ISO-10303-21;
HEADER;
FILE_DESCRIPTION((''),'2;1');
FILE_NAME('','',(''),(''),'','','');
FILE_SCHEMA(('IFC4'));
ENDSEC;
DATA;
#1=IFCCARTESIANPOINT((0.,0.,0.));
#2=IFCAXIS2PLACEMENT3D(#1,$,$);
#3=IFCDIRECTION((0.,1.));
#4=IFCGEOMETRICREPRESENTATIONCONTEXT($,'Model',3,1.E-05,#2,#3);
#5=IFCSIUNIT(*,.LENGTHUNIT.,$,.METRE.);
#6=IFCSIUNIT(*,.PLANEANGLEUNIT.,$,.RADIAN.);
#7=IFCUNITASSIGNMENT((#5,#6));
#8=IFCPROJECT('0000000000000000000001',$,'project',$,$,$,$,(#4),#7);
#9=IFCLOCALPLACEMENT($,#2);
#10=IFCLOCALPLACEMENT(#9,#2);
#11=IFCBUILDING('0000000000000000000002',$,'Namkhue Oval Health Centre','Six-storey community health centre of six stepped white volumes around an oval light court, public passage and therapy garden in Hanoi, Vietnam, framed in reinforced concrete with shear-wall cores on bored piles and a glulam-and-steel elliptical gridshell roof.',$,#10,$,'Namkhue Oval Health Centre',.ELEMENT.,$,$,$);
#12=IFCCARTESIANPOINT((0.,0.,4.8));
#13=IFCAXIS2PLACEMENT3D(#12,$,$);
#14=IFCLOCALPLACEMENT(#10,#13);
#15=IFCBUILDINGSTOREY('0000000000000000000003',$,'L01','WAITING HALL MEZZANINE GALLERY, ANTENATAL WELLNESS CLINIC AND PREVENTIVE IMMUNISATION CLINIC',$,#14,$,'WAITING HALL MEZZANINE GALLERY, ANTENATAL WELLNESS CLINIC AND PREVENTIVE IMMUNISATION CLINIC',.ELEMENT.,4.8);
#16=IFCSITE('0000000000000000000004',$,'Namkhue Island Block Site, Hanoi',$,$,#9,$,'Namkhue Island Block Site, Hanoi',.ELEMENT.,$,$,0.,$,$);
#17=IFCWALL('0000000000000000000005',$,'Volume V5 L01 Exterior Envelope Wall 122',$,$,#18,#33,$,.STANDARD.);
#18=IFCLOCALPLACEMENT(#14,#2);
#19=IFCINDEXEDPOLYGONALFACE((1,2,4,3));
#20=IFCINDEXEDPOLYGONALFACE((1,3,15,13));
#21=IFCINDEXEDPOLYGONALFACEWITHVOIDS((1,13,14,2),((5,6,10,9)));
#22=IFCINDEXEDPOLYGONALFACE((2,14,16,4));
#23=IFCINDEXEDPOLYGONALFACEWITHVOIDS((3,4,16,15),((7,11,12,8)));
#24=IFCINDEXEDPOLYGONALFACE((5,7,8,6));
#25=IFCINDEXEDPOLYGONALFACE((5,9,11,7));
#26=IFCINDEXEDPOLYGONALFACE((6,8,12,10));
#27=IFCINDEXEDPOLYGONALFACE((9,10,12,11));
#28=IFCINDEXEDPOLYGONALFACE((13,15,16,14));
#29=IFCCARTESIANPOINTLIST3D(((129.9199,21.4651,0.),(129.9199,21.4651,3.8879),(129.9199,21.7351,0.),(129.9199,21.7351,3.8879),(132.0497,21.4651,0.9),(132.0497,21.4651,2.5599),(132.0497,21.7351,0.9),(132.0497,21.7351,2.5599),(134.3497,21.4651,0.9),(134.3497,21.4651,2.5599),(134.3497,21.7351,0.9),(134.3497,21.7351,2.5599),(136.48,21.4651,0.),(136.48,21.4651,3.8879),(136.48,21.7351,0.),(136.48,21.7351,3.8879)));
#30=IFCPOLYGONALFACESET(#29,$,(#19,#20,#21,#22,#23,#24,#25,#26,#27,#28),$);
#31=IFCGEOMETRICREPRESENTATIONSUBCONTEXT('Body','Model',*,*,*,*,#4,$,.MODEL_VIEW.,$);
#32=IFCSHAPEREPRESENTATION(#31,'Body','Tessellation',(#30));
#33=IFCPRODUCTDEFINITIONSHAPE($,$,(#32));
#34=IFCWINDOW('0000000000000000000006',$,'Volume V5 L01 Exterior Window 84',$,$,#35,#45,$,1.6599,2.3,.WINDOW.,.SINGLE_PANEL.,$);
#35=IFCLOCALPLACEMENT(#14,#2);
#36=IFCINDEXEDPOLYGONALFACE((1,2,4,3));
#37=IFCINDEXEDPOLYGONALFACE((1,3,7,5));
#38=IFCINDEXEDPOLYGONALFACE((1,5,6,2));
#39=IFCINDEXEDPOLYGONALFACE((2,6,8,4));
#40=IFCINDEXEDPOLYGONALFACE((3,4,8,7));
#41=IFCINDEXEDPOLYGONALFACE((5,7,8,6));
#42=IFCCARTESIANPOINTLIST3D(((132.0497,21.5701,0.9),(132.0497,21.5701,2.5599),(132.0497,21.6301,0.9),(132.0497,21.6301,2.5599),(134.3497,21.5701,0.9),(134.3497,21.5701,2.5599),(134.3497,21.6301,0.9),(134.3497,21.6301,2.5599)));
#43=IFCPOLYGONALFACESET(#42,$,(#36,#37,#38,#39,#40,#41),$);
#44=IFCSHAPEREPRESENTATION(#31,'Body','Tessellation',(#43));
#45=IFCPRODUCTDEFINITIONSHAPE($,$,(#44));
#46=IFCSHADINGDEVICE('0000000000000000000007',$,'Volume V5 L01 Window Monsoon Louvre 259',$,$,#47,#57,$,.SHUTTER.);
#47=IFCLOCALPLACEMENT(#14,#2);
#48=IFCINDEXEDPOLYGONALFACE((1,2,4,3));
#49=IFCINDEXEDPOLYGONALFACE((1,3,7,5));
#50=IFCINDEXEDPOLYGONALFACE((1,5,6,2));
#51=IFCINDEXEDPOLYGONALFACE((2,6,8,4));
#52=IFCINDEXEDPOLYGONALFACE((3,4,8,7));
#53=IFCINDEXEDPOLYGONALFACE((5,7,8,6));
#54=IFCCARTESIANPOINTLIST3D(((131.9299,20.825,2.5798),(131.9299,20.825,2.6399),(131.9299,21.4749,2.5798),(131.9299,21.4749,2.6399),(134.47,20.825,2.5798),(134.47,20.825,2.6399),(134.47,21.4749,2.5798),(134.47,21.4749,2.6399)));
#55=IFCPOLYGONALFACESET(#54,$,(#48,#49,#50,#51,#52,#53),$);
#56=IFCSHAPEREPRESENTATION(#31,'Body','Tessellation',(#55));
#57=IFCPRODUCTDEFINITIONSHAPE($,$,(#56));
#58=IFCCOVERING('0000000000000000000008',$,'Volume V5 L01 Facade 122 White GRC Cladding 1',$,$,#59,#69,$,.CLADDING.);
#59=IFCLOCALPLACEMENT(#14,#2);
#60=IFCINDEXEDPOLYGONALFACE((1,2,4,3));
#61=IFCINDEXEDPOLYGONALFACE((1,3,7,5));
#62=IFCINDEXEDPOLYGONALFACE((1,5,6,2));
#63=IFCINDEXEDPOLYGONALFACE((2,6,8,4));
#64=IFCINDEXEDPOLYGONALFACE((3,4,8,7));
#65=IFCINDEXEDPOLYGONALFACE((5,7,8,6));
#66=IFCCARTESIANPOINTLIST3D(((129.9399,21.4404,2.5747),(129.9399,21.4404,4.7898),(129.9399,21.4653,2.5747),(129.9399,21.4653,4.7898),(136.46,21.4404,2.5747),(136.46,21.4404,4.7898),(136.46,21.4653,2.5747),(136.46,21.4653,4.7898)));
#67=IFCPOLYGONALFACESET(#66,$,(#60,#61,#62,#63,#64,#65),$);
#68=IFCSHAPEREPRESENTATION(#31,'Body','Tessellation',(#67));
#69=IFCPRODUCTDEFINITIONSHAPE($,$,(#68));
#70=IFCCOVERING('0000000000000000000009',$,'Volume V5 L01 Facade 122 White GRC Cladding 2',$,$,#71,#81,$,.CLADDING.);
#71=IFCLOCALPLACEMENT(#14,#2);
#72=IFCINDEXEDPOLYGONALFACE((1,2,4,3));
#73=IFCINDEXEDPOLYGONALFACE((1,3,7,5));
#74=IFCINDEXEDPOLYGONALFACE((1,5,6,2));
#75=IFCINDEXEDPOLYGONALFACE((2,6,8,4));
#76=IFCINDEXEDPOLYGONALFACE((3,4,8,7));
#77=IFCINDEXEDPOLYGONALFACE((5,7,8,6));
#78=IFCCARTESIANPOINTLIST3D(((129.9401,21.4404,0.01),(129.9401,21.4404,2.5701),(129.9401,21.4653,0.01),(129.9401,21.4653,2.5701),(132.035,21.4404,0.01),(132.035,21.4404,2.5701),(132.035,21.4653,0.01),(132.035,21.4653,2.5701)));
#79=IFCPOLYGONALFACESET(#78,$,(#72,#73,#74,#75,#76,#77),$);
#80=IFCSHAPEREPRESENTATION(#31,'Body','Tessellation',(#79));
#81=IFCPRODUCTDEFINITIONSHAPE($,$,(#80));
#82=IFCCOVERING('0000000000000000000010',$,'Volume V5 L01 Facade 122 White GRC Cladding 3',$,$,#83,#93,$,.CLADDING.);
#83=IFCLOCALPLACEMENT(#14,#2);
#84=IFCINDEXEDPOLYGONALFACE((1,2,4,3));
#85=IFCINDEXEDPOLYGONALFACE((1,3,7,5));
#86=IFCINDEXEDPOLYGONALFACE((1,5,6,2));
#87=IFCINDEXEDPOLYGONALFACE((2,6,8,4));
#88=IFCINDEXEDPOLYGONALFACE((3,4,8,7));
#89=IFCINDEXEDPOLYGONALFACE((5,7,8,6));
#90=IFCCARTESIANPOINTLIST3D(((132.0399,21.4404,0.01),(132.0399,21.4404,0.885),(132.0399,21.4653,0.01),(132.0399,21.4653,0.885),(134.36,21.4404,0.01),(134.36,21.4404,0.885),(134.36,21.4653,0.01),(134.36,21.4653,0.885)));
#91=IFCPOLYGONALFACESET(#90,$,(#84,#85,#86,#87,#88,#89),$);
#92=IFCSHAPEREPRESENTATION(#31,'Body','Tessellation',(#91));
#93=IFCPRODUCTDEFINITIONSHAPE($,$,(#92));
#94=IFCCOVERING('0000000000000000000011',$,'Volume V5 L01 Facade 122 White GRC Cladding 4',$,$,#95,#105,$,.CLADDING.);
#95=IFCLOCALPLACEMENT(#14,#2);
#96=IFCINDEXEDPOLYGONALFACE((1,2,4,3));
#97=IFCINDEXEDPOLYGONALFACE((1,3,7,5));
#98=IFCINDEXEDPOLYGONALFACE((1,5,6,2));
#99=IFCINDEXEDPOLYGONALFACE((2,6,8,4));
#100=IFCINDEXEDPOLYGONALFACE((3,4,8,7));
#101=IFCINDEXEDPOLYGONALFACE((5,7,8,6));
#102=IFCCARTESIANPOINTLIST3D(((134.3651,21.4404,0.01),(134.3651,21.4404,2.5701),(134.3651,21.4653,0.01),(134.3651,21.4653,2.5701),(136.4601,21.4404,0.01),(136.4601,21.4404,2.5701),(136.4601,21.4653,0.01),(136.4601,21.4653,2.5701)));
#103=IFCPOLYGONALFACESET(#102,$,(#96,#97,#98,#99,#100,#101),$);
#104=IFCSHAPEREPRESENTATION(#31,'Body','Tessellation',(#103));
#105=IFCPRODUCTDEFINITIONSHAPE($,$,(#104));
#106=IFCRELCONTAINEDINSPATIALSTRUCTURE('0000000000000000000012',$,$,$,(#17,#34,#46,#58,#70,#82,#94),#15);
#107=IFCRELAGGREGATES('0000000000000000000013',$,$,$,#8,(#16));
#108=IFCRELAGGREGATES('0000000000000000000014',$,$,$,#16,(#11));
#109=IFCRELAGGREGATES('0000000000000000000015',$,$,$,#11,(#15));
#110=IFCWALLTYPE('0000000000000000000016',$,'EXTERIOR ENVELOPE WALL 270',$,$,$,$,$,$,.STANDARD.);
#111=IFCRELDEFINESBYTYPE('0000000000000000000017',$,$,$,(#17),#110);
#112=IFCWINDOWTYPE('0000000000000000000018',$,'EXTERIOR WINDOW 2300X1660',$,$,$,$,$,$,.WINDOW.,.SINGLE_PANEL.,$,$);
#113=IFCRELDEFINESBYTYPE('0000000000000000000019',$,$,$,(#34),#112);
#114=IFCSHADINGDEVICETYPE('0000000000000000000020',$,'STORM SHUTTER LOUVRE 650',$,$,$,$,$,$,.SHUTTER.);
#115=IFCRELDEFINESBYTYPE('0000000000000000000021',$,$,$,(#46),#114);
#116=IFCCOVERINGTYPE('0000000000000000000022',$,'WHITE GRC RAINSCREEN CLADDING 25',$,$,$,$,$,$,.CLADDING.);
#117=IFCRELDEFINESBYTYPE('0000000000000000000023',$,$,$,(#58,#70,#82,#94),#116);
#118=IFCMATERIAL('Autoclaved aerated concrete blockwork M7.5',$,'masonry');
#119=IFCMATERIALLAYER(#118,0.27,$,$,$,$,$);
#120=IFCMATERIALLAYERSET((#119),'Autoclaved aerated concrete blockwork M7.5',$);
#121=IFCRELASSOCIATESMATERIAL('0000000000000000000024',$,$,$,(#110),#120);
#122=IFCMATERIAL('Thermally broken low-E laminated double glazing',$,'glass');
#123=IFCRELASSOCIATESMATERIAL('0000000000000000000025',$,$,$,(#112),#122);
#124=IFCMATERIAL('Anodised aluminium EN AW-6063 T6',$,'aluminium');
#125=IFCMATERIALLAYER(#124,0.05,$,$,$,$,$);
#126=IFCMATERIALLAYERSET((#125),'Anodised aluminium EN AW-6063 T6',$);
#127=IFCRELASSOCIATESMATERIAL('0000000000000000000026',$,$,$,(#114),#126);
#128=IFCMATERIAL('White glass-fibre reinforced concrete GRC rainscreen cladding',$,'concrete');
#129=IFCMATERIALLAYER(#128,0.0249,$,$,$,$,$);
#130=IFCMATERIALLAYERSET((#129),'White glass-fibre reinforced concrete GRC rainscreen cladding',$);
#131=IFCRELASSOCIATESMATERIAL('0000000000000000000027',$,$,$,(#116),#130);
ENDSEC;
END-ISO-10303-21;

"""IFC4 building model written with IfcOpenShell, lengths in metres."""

from ifc_helpers import new_model, si_unit, direction, frame, frame_2d, origin, origin_2d, place, context, subcontext, project, spatial, rectangle, extrude, material, layer, layer_set, type_object, element, fill, save


model = new_model("IFC4")

# Units and contexts
model_context = context("Model", 3, precision=1e-05, world=origin(), true_north=direction((0.0, 1.0)))
body_context = subcontext(model_context, "Body", "Model", "MODEL_VIEW")
ifc_project = project(units=[si_unit("LENGTHUNIT", "METRE"), si_unit("PLANEANGLEUNIT", "RADIAN")], contexts=[model_context])

# Site, building, storey
site_placement = place(None, origin())
site = spatial("IfcSite", under=ifc_project, at=site_placement, Name="Namkhue Island Block Site, Hanoi", LongName="Namkhue Island Block Site, Hanoi", CompositionType="ELEMENT", RefElevation=0.0)
building_placement = place(site_placement, origin())
building = spatial("IfcBuilding", under=site, at=building_placement, Name="Namkhue Oval Health Centre", Description="Six-storey community health centre of six stepped white volumes around an oval light court, public passage and therapy garden in Hanoi, Vietnam, framed in reinforced concrete with shear-wall cores on bored piles and a glulam-and-steel elliptical gridshell roof.", LongName="Namkhue Oval Health Centre", CompositionType="ELEMENT")
storey_placement = place(building_placement, frame((0.0, 0.0, 4.8)))
storey = spatial("IfcBuildingStorey", under=building, at=storey_placement, Name="L01", Description="WAITING HALL MEZZANINE GALLERY, ANTENATAL WELLNESS CLINIC AND PREVENTIVE IMMUNISATION CLINIC", LongName="WAITING HALL MEZZANINE GALLERY, ANTENATAL WELLNESS CLINIC AND PREVENTIVE IMMUNISATION CLINIC", CompositionType="ELEMENT", Elevation=4.8)

# Shared definitions
ifc_material_1 = material(Name="Anodised aluminium EN AW-6063 T6", Category="aluminium")

# Shared definitions
ifc_material_2 = material(Name="Thermally broken low-E laminated double glazing", Category="glass")

# Wall, opening, window
ifc_material_3 = material(Name="Autoclaved aerated concrete blockwork M7.5", Category="masonry")
ifc_layer_1 = layer(ifc_material_3, 0.27)
ifc_layer_set_1 = layer_set([ifc_layer_1], Name="Autoclaved aerated concrete blockwork M7.5")
wall_type = type_object("IfcWallType", Name="EXTERIOR ENVELOPE WALL 270", PredefinedType="STANDARD", material=ifc_layer_set_1)
wall_placement = place(storey_placement, frame((129.9199, 21.6001, 0.0), z_axis=(0.0, 0.0, 1.0), x_axis=(1.0, 0.0, 0.0)))
wall = element("IfcWall", 1, at=wall_placement, inside=storey, type_object=wall_type, Name="Volume V5 L01 Exterior Envelope Wall 122", PredefinedType="STANDARD", context=body_context, shape_type="SweptSolid", body=[
    extrude(rectangle(XDim=6.5601, YDim=0.27, at=frame_2d((3.28, 0.0))), origin(), (0.0, 0.0, 1.0), 3.8879),
])
opening_placement = place(wall_placement, frame((2.1299, 0.0, 0.8999)))
opening = element("IfcOpeningElement", 2, at=opening_placement, cuts=wall, PredefinedType="OPENING", context=body_context, shape_type="SweptSolid", body=[
    extrude(rectangle(XDim=2.3, YDim=1.6599, at=frame_2d((1.1499, 0.8301))), frame((0.0, 0.145, 0.0), z_axis=(0.0, -1.0, 0.0), x_axis=(1.0, 0.0, 0.0)), (0.0, 0.0, 1.0), 0.29),
])
window_type = type_object("IfcWindowType", Name="EXTERIOR WINDOW 2300X1660", PartitioningType="SINGLE_PANEL", PredefinedType="WINDOW", material=ifc_material_2)
window_placement = place(opening_placement, origin())
window = element("IfcWindow", 3, at=window_placement, inside=storey, type_object=window_type, Name="Volume V5 L01 Exterior Window 84", OverallHeight=1.6599, OverallWidth=2.3, PartitioningType="SINGLE_PANEL", PredefinedType="WINDOW", context=body_context, shape_type="SweptSolid", body=[
    extrude(rectangle(XDim=2.3, YDim=1.6599, at=frame_2d((1.1499, 0.8301))), frame((0.0, 0.03, 0.0), z_axis=(0.0, -1.0, 0.0), x_axis=(1.0, 0.0, 0.0)), (0.0, 0.0, 1.0), 0.0601),
])
fill(opening, window)

# Shading device
ifc_layer_2 = layer(ifc_material_1, 0.05)
ifc_layer_set_2 = layer_set([ifc_layer_2], Name="Anodised aluminium EN AW-6063 T6")
shading_device_type = type_object("IfcShadingDeviceType", Name="STORM SHUTTER LOUVRE 650", PredefinedType="SHUTTER", material=ifc_layer_set_2)
shading_device_placement = place(storey_placement, frame((133.2, 21.1499, 2.5798), z_axis=(0.0, 0.0, 1.0), x_axis=(1.0, 0.0, 0.0)))
element("IfcShadingDevice", 4, at=shading_device_placement, inside=storey, type_object=shading_device_type, Name="Volume V5 L01 Window Monsoon Louvre 259", PredefinedType="SHUTTER", context=body_context, shape_type="SweptSolid", body=[
    extrude(rectangle(XDim=2.54, YDim=0.6499, at=origin_2d()), origin(), (0.0, 0.0, 1.0), 0.0601),
])

# Coverings
ifc_material_4 = material(Name="White glass-fibre reinforced concrete GRC rainscreen cladding", Category="concrete")
ifc_layer_3 = layer(ifc_material_4, 0.0249)
ifc_layer_set_3 = layer_set([ifc_layer_3], Name="White glass-fibre reinforced concrete GRC rainscreen cladding")
covering_type = type_object("IfcCoveringType", Name="WHITE GRC RAINSCREEN CLADDING 25", PredefinedType="CLADDING", material=ifc_layer_set_3)
covering_1_placement = place(storey_placement, frame((133.2, 21.4529, 2.5747), z_axis=(0.0, 0.0, 1.0), x_axis=(1.0, 0.0, 0.0)))
element("IfcCovering", 5, at=covering_1_placement, inside=storey, type_object=covering_type, Name="Volume V5 L01 Facade 122 White GRC Cladding 1", PredefinedType="CLADDING", context=body_context, shape_type="SweptSolid", body=[
    extrude(rectangle(XDim=6.52, YDim=0.0249, at=origin_2d()), origin(), (0.0, 0.0, 1.0), 2.2151),
])
covering_2_placement = place(storey_placement, frame((130.9875, 21.4529, 0.01), z_axis=(0.0, 0.0, 1.0), x_axis=(1.0, 0.0, 0.0)))
element("IfcCovering", 6, at=covering_2_placement, inside=storey, type_object=covering_type, Name="Volume V5 L01 Facade 122 White GRC Cladding 2", PredefinedType="CLADDING", context=body_context, shape_type="SweptSolid", body=[
    extrude(rectangle(XDim=2.095, YDim=0.0249, at=origin_2d()), origin(), (0.0, 0.0, 1.0), 2.5601),
])
covering_3_placement = place(storey_placement, frame((133.2, 21.4529, 0.01), z_axis=(0.0, 0.0, 1.0), x_axis=(1.0, 0.0, 0.0)))
element("IfcCovering", 7, at=covering_3_placement, inside=storey, type_object=covering_type, Name="Volume V5 L01 Facade 122 White GRC Cladding 3", PredefinedType="CLADDING", context=body_context, shape_type="SweptSolid", body=[
    extrude(rectangle(XDim=2.3201, YDim=0.0249, at=origin_2d()), origin(), (0.0, 0.0, 1.0), 0.875),
])
covering_4_placement = place(storey_placement, frame((135.4126, 21.4529, 0.01), z_axis=(0.0, 0.0, 1.0), x_axis=(1.0, 0.0, 0.0)))
element("IfcCovering", 8, at=covering_4_placement, inside=storey, type_object=covering_type, Name="Volume V5 L01 Facade 122 White GRC Cladding 4", PredefinedType="CLADDING", context=body_context, shape_type="SweptSolid", body=[
    extrude(rectangle(XDim=2.095, YDim=0.0249, at=origin_2d()), origin(), (0.0, 0.0, 1.0), 2.5601),
])

save(model, "model.ifc")
